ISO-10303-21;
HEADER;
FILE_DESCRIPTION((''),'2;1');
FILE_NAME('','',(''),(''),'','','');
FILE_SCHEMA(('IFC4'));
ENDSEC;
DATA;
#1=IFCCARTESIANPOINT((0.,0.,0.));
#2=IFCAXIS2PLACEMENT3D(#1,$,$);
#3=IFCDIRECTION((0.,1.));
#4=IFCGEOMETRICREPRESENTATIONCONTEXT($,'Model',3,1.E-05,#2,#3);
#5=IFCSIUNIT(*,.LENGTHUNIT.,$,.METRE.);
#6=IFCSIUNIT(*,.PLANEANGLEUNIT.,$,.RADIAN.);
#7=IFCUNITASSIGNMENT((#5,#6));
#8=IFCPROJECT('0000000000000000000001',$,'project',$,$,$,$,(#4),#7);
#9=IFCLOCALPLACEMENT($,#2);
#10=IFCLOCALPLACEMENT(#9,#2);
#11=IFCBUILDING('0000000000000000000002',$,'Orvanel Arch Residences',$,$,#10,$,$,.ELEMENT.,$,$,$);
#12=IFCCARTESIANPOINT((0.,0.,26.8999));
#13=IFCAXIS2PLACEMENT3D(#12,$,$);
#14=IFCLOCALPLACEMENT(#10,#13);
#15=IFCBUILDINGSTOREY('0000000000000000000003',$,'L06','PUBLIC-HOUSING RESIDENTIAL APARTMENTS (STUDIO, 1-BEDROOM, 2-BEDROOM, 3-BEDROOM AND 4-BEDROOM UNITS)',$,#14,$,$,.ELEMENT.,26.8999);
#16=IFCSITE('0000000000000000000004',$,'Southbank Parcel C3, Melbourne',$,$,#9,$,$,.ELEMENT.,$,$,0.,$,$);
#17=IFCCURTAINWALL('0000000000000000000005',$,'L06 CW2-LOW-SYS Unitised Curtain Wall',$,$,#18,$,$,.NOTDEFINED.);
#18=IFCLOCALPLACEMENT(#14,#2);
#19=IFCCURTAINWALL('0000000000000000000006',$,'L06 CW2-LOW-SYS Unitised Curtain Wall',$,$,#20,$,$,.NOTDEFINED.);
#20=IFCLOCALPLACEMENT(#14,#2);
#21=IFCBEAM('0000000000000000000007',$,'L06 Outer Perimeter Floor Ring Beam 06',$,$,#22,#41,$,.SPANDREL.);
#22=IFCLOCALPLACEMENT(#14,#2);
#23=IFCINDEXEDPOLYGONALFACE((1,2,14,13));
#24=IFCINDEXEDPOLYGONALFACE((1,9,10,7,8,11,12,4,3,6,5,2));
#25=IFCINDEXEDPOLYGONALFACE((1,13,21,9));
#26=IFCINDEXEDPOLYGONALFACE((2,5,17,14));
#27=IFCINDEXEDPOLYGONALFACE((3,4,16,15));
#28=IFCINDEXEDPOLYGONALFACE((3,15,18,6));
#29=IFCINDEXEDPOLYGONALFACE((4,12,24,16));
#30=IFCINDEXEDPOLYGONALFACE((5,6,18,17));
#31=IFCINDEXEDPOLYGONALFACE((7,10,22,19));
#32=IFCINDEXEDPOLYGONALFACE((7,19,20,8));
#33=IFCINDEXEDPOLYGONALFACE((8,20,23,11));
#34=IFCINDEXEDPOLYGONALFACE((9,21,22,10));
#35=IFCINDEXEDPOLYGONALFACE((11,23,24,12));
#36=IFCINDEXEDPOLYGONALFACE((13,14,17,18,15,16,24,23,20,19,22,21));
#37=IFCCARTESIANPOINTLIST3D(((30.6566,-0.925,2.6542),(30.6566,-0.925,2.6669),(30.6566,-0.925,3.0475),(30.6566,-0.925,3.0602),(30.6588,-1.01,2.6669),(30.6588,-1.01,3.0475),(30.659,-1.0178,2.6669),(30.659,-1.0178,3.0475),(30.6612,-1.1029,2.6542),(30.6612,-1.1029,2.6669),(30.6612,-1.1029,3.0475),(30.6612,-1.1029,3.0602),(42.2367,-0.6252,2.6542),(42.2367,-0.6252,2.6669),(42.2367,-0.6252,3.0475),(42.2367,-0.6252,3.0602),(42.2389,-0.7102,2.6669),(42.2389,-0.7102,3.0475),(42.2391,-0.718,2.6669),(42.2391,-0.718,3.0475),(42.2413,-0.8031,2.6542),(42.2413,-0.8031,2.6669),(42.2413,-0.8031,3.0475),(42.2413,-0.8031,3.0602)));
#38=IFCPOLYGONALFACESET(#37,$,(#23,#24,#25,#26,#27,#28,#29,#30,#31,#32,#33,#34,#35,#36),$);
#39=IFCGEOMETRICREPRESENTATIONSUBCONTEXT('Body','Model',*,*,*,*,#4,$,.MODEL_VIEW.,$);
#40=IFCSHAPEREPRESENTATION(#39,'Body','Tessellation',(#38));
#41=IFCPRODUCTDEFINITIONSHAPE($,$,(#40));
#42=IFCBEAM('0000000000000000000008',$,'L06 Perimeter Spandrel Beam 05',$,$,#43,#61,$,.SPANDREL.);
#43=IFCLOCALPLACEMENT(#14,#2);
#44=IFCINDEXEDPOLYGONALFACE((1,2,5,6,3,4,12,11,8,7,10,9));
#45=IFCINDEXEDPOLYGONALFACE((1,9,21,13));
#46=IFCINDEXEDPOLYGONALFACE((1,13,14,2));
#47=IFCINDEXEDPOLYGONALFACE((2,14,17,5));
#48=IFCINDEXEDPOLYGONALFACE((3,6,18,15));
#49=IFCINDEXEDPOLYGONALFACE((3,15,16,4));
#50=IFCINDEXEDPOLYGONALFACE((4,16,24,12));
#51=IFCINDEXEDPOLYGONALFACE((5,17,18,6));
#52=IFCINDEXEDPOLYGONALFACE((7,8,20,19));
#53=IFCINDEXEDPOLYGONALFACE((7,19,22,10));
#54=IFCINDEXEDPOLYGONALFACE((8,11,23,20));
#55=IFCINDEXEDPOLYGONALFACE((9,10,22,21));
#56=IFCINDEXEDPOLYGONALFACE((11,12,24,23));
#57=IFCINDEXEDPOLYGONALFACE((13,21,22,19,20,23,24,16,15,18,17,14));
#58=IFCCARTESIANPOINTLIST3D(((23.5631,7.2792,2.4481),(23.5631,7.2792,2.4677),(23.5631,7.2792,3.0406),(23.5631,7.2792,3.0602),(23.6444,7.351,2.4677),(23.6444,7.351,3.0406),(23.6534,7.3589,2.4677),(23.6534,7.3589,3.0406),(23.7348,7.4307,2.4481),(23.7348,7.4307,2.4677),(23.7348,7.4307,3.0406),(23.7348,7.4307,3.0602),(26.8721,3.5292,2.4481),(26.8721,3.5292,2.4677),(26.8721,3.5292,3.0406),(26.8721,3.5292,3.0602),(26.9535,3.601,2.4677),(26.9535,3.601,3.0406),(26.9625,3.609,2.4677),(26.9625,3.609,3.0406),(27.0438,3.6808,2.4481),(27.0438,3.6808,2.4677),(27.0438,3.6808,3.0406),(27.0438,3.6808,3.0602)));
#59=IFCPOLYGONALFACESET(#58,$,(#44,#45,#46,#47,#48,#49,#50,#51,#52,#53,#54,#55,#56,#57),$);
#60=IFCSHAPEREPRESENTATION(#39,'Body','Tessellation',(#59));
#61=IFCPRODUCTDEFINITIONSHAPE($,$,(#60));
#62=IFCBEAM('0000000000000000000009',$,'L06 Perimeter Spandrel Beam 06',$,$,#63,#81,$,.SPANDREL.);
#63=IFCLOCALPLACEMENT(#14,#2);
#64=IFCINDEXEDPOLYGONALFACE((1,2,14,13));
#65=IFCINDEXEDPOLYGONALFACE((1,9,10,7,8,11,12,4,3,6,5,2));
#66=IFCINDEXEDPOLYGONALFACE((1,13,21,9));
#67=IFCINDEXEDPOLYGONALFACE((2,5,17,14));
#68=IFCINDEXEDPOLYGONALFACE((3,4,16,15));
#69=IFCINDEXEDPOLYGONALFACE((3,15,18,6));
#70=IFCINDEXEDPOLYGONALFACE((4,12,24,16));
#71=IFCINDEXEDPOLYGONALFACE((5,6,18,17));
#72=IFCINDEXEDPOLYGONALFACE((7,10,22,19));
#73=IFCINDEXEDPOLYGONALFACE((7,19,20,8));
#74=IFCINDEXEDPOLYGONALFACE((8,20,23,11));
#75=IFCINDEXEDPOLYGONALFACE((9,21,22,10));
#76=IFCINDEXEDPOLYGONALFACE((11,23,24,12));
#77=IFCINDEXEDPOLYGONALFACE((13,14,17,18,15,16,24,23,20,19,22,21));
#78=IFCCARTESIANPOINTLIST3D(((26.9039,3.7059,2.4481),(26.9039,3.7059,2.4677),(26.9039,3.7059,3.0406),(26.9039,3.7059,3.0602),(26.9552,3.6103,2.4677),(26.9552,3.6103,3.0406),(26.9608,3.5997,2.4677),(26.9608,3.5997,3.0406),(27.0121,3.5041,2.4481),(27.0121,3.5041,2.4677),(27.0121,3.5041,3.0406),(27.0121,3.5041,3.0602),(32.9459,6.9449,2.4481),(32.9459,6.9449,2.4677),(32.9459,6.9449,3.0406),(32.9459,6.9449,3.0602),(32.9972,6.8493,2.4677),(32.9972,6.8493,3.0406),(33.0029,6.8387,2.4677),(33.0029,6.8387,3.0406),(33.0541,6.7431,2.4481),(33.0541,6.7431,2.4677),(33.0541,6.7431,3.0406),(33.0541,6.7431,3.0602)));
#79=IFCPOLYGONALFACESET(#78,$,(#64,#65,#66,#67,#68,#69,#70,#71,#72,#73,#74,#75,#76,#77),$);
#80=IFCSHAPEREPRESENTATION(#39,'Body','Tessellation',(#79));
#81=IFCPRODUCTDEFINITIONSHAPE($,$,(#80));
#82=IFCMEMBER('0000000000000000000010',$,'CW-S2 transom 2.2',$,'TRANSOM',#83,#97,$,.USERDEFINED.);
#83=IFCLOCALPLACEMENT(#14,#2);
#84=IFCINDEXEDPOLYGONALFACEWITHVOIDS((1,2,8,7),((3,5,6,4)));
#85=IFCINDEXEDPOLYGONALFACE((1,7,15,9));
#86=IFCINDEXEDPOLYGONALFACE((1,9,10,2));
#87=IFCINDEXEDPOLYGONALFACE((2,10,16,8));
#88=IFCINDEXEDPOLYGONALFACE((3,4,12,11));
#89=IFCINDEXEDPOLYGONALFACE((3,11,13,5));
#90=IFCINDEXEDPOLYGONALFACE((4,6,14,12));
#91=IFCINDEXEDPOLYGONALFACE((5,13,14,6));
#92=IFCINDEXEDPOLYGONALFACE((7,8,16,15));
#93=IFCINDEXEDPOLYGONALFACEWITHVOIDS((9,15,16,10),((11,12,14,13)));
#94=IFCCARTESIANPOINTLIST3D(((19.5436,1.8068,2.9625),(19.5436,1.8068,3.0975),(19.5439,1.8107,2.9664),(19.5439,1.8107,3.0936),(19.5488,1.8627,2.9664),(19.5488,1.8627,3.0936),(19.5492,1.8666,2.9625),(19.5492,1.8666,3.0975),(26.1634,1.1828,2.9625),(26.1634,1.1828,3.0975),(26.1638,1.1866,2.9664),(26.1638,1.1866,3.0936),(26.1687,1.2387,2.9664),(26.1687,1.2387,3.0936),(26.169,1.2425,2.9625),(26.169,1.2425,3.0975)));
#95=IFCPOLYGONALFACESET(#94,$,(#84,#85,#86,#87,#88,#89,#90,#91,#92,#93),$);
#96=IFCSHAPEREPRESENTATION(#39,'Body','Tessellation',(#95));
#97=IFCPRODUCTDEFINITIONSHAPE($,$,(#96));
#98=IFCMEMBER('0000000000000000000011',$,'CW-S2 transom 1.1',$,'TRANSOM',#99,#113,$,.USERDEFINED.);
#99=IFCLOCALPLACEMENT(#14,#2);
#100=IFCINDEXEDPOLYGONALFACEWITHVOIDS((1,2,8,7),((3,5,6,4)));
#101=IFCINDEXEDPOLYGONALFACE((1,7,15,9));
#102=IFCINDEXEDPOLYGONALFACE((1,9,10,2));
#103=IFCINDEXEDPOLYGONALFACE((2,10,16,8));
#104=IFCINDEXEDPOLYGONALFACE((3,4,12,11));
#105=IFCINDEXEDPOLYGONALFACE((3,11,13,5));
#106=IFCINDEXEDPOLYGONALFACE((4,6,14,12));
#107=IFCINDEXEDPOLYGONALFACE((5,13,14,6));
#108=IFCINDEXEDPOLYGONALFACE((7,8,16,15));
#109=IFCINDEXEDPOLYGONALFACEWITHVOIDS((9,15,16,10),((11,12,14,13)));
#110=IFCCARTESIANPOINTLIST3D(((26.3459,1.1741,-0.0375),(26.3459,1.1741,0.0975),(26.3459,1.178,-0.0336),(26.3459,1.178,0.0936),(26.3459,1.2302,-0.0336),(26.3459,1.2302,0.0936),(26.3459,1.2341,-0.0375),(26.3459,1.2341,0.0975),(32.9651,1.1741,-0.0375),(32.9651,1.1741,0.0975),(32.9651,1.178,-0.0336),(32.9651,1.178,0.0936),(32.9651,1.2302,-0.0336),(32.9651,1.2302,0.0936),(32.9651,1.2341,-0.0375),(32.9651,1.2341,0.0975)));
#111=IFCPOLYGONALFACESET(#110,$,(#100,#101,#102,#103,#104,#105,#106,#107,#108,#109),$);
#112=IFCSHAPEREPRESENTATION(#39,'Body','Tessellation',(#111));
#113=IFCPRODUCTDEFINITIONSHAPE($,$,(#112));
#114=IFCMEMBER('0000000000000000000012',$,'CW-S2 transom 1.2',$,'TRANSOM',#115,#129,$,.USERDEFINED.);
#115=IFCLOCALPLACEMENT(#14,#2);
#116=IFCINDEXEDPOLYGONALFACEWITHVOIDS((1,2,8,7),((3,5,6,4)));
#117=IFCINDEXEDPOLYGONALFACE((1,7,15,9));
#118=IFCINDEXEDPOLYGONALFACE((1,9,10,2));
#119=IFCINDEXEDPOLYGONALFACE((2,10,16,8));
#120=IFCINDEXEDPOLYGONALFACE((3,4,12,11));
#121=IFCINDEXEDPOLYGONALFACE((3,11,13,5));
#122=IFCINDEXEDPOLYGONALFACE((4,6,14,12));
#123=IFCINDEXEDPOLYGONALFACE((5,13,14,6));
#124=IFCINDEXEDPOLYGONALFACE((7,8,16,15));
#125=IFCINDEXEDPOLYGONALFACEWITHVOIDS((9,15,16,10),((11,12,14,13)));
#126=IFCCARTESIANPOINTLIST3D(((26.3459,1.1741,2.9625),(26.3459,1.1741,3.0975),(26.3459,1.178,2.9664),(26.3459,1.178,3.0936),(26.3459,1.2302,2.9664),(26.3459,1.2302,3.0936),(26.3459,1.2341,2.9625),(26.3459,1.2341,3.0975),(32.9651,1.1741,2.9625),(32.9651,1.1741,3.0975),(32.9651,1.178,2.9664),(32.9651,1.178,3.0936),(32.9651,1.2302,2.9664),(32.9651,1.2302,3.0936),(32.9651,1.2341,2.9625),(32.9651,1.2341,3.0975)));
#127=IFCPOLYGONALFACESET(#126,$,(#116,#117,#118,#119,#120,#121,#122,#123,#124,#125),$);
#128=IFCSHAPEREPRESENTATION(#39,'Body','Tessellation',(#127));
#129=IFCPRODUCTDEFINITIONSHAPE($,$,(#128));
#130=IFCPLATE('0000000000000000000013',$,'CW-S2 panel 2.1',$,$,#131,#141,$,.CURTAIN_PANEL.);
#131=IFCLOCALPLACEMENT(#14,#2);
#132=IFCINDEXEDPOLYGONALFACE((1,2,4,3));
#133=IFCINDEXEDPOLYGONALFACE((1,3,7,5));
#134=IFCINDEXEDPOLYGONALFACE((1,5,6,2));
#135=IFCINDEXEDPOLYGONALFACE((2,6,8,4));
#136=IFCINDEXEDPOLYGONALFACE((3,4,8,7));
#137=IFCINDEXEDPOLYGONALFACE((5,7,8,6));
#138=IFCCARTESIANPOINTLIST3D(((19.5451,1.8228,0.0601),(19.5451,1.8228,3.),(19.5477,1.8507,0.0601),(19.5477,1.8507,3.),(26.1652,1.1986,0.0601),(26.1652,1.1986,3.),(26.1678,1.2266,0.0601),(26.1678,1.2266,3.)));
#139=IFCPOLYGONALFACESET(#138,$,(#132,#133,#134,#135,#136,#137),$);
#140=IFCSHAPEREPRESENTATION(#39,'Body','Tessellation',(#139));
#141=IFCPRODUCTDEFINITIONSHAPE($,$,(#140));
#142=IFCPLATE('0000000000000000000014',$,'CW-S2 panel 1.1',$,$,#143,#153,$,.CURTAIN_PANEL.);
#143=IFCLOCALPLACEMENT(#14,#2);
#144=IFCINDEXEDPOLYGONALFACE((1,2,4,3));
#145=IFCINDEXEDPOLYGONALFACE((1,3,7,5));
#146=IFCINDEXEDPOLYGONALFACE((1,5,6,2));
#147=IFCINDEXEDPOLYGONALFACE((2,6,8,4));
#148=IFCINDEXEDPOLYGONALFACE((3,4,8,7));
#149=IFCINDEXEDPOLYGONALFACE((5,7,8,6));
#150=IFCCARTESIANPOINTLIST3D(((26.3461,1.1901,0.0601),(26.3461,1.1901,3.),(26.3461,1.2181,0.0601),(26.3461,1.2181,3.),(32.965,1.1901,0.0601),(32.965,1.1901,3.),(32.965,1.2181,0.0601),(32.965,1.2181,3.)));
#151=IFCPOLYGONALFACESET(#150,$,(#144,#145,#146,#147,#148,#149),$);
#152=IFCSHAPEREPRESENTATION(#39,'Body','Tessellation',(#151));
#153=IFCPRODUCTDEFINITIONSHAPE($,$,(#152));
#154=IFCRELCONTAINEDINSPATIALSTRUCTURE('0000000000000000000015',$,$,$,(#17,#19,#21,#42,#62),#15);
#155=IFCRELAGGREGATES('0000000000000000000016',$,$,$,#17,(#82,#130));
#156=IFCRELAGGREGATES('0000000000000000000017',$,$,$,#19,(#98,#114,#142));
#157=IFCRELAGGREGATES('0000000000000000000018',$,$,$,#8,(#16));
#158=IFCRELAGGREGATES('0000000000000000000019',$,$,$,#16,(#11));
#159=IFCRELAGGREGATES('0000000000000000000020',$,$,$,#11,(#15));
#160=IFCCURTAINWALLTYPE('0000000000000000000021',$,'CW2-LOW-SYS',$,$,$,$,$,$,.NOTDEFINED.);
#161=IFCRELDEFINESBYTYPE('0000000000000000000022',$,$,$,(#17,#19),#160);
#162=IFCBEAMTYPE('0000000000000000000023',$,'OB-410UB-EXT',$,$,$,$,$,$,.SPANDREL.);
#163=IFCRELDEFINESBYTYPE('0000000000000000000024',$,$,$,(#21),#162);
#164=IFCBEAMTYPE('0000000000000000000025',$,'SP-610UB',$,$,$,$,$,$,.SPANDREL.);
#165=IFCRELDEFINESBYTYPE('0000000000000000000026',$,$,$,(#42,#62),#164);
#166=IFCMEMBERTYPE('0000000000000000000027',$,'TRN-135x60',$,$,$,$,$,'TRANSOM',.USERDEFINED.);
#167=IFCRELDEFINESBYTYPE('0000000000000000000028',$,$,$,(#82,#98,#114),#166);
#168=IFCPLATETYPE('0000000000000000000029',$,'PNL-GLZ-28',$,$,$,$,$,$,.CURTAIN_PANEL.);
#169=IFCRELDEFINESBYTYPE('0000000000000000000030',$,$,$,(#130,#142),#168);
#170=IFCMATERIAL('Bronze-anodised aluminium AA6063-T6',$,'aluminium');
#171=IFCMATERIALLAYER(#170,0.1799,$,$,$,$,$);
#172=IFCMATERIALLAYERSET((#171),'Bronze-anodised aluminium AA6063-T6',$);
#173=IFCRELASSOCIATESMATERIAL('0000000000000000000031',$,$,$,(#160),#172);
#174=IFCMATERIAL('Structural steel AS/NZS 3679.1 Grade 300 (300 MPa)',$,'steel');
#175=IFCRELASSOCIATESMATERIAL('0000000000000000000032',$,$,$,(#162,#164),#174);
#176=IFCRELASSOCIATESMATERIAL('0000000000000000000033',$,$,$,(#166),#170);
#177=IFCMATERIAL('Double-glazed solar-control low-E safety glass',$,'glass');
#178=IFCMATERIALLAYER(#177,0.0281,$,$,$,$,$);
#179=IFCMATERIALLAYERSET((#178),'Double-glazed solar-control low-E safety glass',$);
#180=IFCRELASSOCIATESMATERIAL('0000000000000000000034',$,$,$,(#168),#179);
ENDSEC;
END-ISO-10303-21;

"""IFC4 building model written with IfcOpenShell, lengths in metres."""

from ifc_helpers import new_model, si_unit, direction, frame, origin, origin_2d, place, context, subcontext, project, spatial, rectangle, hollow_rectangle, i_section, extrude, material, layer, layer_set, material_profile, profile_set, type_object, element, aggregate, save


model = new_model("IFC4")

# Units and contexts
model_context = context("Model", 3, precision=1e-05, world=origin(), true_north=direction((0.0, 1.0)))
body_context = subcontext(model_context, "Body", "Model", "MODEL_VIEW")
ifc_project = project(units=[si_unit("LENGTHUNIT", "METRE"), si_unit("PLANEANGLEUNIT", "RADIAN")], contexts=[model_context])

# Site, building, storey
site_placement = place(None, origin())
site = spatial("IfcSite", under=ifc_project, at=site_placement, Name="Southbank Parcel C3, Melbourne", CompositionType="ELEMENT", RefElevation=0.0)
building_placement = place(site_placement, origin())
building = spatial("IfcBuilding", under=site, at=building_placement, Name="Orvanel Arch Residences", CompositionType="ELEMENT")
storey_placement = place(building_placement, frame((0.0, 0.0, 26.8999)))
storey = spatial("IfcBuildingStorey", under=building, at=storey_placement, Name="L06", Description="PUBLIC-HOUSING RESIDENTIAL APARTMENTS (STUDIO, 1-BEDROOM, 2-BEDROOM, 3-BEDROOM AND 4-BEDROOM UNITS)", CompositionType="ELEMENT", Elevation=26.8999)

# Curtain walls
ifc_material_1 = material(Name="Bronze-anodised aluminium AA6063-T6", Category="aluminium")
ifc_layer_1 = layer(ifc_material_1, 0.1799)
ifc_layer_set_1 = layer_set([ifc_layer_1], Name="Bronze-anodised aluminium AA6063-T6")
curtain_wall_type = type_object("IfcCurtainWallType", Name="CW2-LOW-SYS", PredefinedType="NOTDEFINED", material=ifc_layer_set_1)
curtain_wall_1_placement = place(storey_placement, origin())
curtain_wall_1 = element("IfcCurtainWall", 1, at=curtain_wall_1_placement, inside=storey, type_object=curtain_wall_type, Name="L06 CW2-LOW-SYS Unitised Curtain Wall", PredefinedType="NOTDEFINED")
curtain_wall_2_placement = place(storey_placement, origin())
curtain_wall_2 = element("IfcCurtainWall", 2, at=curtain_wall_2_placement, inside=storey, type_object=curtain_wall_type, Name="L06 CW2-LOW-SYS Unitised Curtain Wall", PredefinedType="NOTDEFINED")

# Beams
ifc_material_2 = material(Name="Structural steel AS/NZS 3679.1 Grade 300 (300 MPa)", Category="steel")
ifc_material_profile_1 = material_profile(ifc_material_2, i_section(OverallWidth=0.178, OverallDepth=0.406, WebThickness=0.0078, FlangeThickness=0.0127, at=origin_2d()), Name="410UB59.7")
ifc_profile_set_1 = profile_set([ifc_material_profile_1], Name="Structural steel AS/NZS 3679.1 Grade 300 (300 MPa)")
beam_type_1 = type_object("IfcBeamType", Name="OB-410UB-EXT", PredefinedType="SPANDREL", material=ifc_profile_set_1)
beam_1_placement = place(storey_placement, frame((30.6589, -1.0139, 2.8572), z_axis=(0.999665, 0.025881, 0.0), x_axis=(-0.025881, 0.999665, 0.0)))
element("IfcBeam", 3, at=beam_1_placement, inside=storey, type_object=beam_type_1, Name="L06 Outer Perimeter Floor Ring Beam 06", PredefinedType="SPANDREL", context=body_context, shape_type="SweptSolid", body=[
    extrude(i_section(OverallWidth=0.178, OverallDepth=0.406, WebThickness=0.0078, FlangeThickness=0.0127, at=origin_2d()), origin(), (0.0, 0.0, 1.0), 11.584),
])
ifc_material_profile_2 = material_profile(ifc_material_2, i_section(OverallWidth=0.229, OverallDepth=0.6121, WebThickness=0.012, FlangeThickness=0.0195, at=origin_2d()), Name="610UB125")
ifc_profile_set_2 = profile_set([ifc_material_profile_2], Name="Structural steel AS/NZS 3679.1 Grade 300 (300 MPa)")
beam_type_2 = type_object("IfcBeamType", Name="SP-610UB", PredefinedType="SPANDREL", material=ifc_profile_set_2)
beam_2_placement = place(storey_placement, frame((23.6489, 7.355, 2.7542), z_axis=(0.661651, -0.749812, 0.0), x_axis=(0.749812, 0.661651, 0.0)))
element("IfcBeam", 4, at=beam_2_placement, inside=storey, type_object=beam_type_2, Name="L06 Perimeter Spandrel Beam 05", PredefinedType="SPANDREL", context=body_context, shape_type="SweptSolid", body=[
    extrude(i_section(OverallWidth=0.229, OverallDepth=0.6121, WebThickness=0.012, FlangeThickness=0.0195, at=origin_2d()), origin(), (0.0, 0.0, 1.0), 5.0012),
])
beam_3_placement = place(storey_placement, frame((26.958, 3.605, 2.7542), z_axis=(0.881344, 0.472474, 0.0), x_axis=(-0.472474, 0.881344, 0.0)))
element("IfcBeam", 5, at=beam_3_placement, inside=storey, type_object=beam_type_2, Name="L06 Perimeter Spandrel Beam 06", PredefinedType="SPANDREL", context=body_context, shape_type="SweptSolid", body=[
    extrude(i_section(OverallWidth=0.229, OverallDepth=0.6121, WebThickness=0.012, FlangeThickness=0.0195, at=origin_2d()), origin(), (0.0, 0.0, 1.0), 6.8555),
])

# Members
ifc_material_profile_3 = material_profile(ifc_material_1, hollow_rectangle(XDim=0.0601, YDim=0.135, WallThickness=0.0039, at=origin_2d()), Name="ALU135x60x4")
ifc_profile_set_3 = profile_set([ifc_material_profile_3], Name="Bronze-anodised aluminium AA6063-T6")
member_type_1 = type_object("IfcMemberType", Name="TRN-135x60", ElementType="TRANSOM", PredefinedType="USERDEFINED", material=ifc_profile_set_3)
member_1_placement = place(storey_placement, frame((19.5464, 1.8367, 3.03), z_axis=(0.995586, -0.093849, 0.0), x_axis=(0.093849, 0.995586, 0.0)))
member_1 = element("IfcMember", 6, at=member_1_placement, type_object=member_type_1, Name="CW-S2 transom 2.2", ObjectType="TRANSOM", PredefinedType="USERDEFINED", context=body_context, shape_type="SweptSolid", body=[
    extrude(hollow_rectangle(XDim=0.0601, YDim=0.135, WallThickness=0.0039, at=origin_2d()), origin(), (0.0, 0.0, 1.0), 6.6492),
])
member_2_placement = place(storey_placement, frame((26.3459, 1.2041, 0.03), z_axis=(1.0, 0.0, 0.0), x_axis=(0.0, 1.0, 0.0)))
member_2 = element("IfcMember", 7, at=member_2_placement, type_object=member_type_1, Name="CW-S2 transom 1.1", ObjectType="TRANSOM", PredefinedType="USERDEFINED", context=body_context, shape_type="SweptSolid", body=[
    extrude(hollow_rectangle(XDim=0.0601, YDim=0.135, WallThickness=0.0039, at=origin_2d()), origin(), (0.0, 0.0, 1.0), 6.6191),
])
member_3_placement = place(storey_placement, frame((26.3459, 1.2041, 3.03), z_axis=(1.0, 0.0, 0.0), x_axis=(0.0, 1.0, 0.0)))
member_3 = element("IfcMember", 8, at=member_3_placement, type_object=member_type_1, Name="CW-S2 transom 1.2", ObjectType="TRANSOM", PredefinedType="USERDEFINED", context=body_context, shape_type="SweptSolid", body=[
    extrude(hollow_rectangle(XDim=0.0601, YDim=0.135, WallThickness=0.0039, at=origin_2d()), origin(), (0.0, 0.0, 1.0), 6.6191),
])

# Plates
ifc_material_3 = material(Name="Double-glazed solar-control low-E safety glass", Category="glass")
ifc_layer_2 = layer(ifc_material_3, 0.0281)
ifc_layer_set_2 = layer_set([ifc_layer_2], Name="Double-glazed solar-control low-E safety glass")
plate_type = type_object("IfcPlateType", Name="PNL-GLZ-28", PredefinedType="CURTAIN_PANEL", material=ifc_layer_set_2)
plate_1_placement = place(storey_placement, frame((22.8564, 1.5247, 0.0601), z_axis=(0.0, 0.0, 1.0), x_axis=(0.995585, -0.093866, 0.0)))
plate_1 = element("IfcPlate", 9, at=plate_1_placement, type_object=plate_type, Name="CW-S2 panel 2.1", PredefinedType="CURTAIN_PANEL", context=body_context, shape_type="SweptSolid", body=[
    extrude(rectangle(XDim=6.6494, YDim=0.0281, at=origin_2d()), origin(), (0.0, 0.0, 1.0), 2.9399),
])
aggregate(curtain_wall_1, [member_1, plate_1])
plate_2_placement = place(storey_placement, frame((29.6555, 1.2041, 0.0601), z_axis=(0.0, 0.0, 1.0), x_axis=(1.0, 0.0, 0.0)))
plate_2 = element("IfcPlate", 10, at=plate_2_placement, type_object=plate_type, Name="CW-S2 panel 1.1", PredefinedType="CURTAIN_PANEL", context=body_context, shape_type="SweptSolid", body=[
    extrude(rectangle(XDim=6.6189, YDim=0.0281, at=origin_2d()), origin(), (0.0, 0.0, 1.0), 2.9399),
])
aggregate(curtain_wall_2, [member_2, member_3, plate_2])

save(model, "model.ifc")
